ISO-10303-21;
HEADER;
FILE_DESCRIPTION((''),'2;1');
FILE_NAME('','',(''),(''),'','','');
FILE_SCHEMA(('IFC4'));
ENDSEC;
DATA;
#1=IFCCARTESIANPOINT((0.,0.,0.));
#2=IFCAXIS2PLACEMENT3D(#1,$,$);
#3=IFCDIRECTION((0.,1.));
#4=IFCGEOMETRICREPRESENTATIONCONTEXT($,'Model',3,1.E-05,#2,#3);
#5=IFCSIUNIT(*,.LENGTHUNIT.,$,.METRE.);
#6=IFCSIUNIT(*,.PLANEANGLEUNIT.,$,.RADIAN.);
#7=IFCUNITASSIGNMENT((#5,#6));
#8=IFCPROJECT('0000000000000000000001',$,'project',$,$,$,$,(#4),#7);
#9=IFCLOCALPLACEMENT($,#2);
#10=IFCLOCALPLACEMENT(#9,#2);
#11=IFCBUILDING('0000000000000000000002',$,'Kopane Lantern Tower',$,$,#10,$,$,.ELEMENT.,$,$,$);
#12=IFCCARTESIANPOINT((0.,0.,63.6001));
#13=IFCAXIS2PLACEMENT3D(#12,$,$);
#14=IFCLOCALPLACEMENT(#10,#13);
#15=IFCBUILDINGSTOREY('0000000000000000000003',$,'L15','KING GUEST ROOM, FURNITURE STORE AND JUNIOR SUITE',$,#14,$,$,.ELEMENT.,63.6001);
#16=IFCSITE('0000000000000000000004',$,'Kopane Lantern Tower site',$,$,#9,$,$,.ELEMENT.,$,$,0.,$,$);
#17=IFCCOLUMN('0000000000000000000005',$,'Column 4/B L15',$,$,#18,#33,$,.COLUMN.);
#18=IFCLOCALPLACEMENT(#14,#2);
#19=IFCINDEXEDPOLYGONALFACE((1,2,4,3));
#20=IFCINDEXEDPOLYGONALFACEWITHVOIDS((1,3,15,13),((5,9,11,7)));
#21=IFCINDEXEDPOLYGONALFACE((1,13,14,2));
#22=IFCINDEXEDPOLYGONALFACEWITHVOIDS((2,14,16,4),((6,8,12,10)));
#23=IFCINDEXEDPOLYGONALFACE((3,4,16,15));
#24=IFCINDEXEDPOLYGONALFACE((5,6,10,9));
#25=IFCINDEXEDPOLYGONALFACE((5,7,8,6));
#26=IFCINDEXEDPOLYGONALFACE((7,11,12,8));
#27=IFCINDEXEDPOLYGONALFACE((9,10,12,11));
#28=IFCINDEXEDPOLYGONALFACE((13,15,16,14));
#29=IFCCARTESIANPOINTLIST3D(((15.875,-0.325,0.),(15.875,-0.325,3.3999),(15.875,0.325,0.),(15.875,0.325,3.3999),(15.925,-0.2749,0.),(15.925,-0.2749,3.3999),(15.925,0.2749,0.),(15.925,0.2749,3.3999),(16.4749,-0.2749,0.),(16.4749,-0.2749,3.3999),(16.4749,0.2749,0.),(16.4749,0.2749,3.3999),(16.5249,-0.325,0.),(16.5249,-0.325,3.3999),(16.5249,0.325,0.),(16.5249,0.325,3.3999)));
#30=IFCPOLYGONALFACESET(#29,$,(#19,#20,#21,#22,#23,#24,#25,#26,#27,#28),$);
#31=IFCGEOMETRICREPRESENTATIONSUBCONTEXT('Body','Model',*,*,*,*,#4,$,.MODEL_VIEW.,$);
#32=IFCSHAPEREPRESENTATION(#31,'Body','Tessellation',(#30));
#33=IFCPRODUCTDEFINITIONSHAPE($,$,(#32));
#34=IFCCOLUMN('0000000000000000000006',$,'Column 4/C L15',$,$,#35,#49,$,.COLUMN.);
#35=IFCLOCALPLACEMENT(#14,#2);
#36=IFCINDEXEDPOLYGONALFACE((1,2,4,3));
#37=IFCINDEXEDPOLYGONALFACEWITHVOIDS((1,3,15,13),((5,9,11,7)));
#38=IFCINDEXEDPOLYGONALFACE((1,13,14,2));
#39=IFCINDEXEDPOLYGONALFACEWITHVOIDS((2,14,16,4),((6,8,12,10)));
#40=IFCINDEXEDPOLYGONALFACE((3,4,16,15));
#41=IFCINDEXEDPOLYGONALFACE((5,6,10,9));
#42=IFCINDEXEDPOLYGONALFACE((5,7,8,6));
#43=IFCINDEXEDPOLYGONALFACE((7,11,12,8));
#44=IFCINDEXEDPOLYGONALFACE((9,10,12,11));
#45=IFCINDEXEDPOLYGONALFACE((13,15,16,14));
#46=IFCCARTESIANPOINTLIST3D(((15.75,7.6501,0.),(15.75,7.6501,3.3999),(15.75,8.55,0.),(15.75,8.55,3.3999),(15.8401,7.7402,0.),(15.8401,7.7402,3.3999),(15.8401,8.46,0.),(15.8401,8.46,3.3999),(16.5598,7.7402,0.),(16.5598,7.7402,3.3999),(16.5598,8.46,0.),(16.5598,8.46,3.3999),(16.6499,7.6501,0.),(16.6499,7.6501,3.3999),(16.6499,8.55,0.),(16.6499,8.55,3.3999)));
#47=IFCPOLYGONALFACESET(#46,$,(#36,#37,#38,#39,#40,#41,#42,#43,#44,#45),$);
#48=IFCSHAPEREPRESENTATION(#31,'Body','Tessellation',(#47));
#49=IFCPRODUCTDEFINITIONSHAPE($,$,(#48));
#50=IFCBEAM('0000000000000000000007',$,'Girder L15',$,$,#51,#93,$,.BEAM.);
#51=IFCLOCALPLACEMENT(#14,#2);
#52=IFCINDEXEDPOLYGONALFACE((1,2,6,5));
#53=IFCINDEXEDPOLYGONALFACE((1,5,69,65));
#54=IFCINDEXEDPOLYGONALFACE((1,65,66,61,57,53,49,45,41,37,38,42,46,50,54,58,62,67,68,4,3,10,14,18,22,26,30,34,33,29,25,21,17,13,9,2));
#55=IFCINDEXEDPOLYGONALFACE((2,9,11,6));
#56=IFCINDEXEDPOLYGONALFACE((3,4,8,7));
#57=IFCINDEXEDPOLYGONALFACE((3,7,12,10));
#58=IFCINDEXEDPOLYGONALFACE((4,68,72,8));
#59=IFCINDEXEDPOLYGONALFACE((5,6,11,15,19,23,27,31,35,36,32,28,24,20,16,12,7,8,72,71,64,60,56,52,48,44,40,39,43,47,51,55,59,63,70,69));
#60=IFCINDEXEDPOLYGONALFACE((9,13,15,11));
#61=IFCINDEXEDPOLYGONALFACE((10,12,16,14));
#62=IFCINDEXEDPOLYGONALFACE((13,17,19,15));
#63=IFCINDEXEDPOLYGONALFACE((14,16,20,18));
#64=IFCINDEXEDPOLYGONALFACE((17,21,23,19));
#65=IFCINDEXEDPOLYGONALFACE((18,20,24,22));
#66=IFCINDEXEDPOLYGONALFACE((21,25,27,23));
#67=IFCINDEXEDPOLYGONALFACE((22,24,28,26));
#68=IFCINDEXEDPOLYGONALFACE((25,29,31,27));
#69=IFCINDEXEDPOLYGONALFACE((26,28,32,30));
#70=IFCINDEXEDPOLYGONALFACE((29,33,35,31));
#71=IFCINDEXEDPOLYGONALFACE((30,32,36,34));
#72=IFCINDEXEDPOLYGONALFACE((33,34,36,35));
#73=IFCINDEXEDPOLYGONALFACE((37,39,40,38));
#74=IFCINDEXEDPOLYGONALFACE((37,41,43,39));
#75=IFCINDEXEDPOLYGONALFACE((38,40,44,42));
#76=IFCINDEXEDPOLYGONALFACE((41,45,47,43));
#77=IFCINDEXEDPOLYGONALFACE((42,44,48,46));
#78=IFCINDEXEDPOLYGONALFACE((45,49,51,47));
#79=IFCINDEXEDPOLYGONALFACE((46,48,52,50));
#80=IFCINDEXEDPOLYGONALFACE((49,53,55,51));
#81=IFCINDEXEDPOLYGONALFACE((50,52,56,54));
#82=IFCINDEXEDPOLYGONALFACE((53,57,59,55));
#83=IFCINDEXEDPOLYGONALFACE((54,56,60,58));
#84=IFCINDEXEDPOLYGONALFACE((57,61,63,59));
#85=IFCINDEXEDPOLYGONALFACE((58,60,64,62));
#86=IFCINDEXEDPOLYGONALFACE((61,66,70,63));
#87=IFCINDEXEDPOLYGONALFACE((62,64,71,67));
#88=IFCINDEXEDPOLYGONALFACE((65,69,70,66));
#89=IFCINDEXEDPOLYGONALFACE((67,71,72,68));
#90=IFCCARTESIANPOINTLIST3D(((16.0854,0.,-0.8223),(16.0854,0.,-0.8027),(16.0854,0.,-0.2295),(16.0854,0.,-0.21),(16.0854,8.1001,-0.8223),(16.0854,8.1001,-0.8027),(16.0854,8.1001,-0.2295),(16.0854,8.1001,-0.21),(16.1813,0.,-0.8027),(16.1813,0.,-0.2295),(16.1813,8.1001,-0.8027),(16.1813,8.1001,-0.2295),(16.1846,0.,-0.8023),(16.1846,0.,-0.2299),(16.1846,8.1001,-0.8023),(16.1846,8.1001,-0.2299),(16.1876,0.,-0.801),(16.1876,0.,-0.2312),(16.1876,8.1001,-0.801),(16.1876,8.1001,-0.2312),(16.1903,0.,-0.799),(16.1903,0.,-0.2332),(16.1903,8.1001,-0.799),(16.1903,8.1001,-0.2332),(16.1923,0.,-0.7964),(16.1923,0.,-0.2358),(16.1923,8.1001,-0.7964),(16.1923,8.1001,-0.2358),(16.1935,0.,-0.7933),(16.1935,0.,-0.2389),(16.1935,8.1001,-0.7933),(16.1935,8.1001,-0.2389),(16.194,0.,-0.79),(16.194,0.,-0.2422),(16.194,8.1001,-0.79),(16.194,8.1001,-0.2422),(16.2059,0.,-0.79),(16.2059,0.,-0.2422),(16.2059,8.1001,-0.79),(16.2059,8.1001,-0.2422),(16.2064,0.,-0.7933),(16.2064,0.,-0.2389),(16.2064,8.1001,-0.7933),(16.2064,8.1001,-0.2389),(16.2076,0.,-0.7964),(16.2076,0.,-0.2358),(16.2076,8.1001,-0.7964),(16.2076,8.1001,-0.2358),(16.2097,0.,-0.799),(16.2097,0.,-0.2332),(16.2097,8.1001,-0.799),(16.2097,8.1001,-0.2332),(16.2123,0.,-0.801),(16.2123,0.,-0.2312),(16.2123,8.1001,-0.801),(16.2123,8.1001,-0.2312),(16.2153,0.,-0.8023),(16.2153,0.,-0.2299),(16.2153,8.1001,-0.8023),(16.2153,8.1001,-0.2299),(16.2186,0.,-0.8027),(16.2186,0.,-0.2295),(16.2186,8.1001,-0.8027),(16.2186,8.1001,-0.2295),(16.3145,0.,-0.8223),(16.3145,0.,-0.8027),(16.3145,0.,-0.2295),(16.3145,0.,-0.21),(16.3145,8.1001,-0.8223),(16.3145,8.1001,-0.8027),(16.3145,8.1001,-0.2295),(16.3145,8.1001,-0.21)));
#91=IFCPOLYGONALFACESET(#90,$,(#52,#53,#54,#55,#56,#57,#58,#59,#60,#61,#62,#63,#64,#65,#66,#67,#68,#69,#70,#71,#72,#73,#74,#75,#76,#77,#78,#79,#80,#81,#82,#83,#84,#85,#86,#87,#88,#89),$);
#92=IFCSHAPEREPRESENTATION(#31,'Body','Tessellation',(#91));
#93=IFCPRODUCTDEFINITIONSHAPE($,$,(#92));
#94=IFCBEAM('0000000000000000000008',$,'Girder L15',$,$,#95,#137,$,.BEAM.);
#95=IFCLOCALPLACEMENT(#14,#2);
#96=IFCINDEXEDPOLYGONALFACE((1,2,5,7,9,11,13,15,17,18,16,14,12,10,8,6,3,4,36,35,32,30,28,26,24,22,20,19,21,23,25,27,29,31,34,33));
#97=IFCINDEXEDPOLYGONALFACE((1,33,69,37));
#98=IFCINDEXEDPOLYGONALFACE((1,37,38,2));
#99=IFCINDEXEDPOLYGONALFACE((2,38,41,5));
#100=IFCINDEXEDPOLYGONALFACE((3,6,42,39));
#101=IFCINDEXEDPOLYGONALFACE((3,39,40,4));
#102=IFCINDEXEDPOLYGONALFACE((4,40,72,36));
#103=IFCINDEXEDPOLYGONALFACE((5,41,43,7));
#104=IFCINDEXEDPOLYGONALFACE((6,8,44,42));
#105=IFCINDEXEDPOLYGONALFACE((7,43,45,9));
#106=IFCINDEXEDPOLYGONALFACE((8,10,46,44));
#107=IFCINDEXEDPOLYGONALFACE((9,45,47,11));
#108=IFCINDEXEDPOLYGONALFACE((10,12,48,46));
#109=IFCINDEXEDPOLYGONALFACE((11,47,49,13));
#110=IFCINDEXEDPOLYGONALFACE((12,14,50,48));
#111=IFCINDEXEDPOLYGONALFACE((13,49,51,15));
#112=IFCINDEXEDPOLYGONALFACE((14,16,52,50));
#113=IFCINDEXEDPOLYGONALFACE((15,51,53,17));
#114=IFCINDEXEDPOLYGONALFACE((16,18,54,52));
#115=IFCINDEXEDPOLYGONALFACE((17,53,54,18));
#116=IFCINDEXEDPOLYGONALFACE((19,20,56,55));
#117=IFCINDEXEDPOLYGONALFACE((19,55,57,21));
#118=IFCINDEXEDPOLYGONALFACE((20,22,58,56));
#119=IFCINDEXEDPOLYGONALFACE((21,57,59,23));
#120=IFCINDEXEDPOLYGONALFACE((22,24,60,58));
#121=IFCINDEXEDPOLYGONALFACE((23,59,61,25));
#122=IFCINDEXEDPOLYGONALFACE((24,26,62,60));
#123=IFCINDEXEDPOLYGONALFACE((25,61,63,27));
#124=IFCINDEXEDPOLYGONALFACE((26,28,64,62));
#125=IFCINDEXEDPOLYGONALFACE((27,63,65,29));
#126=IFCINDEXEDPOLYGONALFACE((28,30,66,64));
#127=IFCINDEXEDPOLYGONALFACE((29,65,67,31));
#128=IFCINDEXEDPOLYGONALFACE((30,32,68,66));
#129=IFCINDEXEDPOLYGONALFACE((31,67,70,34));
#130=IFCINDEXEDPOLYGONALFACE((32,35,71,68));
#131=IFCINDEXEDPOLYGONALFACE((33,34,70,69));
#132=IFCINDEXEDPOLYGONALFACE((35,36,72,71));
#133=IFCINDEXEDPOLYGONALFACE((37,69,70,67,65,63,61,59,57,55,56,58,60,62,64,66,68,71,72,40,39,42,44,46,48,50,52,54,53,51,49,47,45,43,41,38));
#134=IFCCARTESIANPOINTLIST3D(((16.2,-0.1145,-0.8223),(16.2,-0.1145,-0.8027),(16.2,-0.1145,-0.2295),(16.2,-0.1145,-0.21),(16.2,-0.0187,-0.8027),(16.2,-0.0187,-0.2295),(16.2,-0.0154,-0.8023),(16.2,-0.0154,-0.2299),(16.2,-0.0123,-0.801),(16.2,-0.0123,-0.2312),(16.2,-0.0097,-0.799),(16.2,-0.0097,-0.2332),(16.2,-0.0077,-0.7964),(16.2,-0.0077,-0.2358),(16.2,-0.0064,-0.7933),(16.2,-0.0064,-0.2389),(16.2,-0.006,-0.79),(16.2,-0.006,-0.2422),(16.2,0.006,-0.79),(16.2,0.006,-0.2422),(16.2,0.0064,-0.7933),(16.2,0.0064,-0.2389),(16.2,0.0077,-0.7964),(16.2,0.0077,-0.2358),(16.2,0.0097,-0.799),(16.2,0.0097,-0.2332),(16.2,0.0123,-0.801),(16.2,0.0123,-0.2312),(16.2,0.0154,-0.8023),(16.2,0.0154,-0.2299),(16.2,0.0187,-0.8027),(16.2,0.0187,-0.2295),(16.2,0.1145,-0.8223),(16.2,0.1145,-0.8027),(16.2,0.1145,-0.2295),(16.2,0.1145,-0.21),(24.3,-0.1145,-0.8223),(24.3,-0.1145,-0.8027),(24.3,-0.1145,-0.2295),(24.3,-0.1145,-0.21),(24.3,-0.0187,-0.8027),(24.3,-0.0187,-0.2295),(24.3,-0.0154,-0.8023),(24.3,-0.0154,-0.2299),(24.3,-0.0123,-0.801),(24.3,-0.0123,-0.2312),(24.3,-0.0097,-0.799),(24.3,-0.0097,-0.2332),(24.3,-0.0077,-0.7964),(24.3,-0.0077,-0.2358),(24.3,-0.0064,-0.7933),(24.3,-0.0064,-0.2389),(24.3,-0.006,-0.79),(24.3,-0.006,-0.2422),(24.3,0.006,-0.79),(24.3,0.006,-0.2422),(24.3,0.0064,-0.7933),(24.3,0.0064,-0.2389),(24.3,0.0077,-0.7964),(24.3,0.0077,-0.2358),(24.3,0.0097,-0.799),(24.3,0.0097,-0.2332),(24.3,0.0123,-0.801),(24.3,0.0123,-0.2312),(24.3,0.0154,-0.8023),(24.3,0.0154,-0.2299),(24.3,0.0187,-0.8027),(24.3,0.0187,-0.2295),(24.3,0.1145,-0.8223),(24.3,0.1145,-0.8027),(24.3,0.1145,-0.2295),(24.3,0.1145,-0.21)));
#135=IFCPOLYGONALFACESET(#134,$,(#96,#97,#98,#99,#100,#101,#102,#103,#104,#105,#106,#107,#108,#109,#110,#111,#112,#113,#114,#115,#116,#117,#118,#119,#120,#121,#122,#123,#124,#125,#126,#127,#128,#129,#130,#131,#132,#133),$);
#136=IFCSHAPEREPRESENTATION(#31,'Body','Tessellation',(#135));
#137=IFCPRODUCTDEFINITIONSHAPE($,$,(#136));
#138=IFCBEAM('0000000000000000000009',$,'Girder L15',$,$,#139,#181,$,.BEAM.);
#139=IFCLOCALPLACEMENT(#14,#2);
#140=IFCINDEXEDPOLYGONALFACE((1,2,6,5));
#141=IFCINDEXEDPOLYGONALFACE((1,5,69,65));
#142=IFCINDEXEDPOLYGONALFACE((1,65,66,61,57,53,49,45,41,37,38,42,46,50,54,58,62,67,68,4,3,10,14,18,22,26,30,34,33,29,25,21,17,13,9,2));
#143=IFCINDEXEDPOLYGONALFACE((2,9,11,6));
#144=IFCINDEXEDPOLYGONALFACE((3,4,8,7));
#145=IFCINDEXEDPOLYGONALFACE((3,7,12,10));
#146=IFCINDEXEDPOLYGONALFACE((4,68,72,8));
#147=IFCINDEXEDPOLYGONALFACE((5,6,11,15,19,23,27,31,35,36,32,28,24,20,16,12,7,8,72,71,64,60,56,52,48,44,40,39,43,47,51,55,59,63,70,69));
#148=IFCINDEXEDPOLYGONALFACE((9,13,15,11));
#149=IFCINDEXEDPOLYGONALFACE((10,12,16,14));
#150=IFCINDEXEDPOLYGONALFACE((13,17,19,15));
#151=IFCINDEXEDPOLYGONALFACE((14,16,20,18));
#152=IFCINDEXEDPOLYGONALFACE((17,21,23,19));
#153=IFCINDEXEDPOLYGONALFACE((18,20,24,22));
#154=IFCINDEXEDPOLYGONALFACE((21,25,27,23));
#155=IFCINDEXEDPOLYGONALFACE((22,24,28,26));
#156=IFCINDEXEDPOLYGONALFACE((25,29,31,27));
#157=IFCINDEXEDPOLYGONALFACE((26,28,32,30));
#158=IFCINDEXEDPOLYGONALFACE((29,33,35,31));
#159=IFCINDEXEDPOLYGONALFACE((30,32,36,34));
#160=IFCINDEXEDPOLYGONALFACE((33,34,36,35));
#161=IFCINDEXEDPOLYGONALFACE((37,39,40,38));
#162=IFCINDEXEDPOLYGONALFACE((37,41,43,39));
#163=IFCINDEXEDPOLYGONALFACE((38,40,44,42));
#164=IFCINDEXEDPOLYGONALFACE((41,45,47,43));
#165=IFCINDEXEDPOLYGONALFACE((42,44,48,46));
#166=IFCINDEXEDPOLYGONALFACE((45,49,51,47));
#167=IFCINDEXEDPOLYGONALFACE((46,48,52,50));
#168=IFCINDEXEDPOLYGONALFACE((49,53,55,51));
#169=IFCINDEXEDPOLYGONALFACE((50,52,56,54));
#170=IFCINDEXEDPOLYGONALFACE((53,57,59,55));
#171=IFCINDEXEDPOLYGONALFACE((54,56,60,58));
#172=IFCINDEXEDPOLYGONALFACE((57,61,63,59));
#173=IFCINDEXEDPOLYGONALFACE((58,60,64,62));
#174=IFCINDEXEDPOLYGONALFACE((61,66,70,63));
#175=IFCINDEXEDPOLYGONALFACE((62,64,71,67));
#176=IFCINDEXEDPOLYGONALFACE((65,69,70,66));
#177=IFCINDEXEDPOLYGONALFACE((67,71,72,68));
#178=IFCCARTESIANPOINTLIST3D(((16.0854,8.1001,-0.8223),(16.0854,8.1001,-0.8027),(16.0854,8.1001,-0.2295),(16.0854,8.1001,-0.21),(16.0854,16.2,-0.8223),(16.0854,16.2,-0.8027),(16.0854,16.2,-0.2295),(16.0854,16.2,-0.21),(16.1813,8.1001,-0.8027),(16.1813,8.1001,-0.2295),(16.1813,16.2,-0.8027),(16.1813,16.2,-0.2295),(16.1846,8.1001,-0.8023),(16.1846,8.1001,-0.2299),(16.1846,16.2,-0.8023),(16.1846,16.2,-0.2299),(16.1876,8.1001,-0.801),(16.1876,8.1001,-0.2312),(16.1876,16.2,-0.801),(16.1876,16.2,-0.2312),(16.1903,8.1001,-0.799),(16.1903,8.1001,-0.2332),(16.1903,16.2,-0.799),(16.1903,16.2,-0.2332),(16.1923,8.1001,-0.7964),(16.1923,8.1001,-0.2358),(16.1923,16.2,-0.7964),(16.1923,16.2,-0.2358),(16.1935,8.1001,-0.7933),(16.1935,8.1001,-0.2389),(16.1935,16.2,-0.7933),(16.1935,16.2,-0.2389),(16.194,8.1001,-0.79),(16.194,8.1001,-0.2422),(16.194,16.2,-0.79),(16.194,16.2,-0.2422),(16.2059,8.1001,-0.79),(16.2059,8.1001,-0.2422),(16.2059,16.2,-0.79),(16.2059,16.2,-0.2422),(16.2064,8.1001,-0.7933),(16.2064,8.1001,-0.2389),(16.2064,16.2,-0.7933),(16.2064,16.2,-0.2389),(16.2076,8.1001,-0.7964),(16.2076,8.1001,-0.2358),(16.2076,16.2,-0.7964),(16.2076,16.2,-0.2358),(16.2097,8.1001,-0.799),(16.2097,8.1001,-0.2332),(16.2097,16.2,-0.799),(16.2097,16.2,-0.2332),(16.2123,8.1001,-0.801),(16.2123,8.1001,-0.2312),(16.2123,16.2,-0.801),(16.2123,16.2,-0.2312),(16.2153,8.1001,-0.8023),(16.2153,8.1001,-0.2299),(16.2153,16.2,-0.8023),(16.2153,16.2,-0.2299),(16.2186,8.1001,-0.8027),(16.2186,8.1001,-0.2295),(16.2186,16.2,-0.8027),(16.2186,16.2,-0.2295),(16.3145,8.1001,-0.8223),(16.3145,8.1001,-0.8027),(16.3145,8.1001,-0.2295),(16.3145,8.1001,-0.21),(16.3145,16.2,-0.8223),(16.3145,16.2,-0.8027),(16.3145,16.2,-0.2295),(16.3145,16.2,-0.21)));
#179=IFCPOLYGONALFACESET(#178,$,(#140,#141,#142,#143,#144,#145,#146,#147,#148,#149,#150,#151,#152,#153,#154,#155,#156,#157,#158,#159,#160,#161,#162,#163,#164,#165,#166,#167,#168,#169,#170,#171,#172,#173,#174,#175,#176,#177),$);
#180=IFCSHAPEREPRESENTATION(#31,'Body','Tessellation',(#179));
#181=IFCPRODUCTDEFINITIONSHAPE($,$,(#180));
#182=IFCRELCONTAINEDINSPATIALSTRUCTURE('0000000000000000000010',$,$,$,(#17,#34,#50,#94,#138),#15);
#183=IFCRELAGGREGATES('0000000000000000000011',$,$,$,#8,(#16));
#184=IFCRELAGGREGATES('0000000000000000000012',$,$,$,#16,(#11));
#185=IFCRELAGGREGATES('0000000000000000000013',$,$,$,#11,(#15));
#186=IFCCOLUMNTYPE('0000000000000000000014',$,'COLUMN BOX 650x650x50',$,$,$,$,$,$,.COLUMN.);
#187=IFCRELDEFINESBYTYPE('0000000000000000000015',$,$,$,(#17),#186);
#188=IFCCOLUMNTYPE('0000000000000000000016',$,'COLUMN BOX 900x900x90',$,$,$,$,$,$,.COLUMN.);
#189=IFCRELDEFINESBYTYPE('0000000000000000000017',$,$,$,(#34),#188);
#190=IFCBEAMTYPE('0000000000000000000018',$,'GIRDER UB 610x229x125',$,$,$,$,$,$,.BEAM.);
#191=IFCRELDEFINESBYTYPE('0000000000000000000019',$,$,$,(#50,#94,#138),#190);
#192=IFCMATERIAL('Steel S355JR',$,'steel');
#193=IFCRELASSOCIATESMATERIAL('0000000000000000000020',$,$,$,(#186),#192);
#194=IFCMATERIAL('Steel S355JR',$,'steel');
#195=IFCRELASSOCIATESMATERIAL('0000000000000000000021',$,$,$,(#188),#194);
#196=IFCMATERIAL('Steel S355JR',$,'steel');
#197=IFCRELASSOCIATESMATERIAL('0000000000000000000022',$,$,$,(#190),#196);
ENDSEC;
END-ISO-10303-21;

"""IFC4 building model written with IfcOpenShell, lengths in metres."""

from ifc_helpers import new_model, si_unit, direction, frame, origin, origin_2d, place, context, subcontext, project, spatial, hollow_rectangle, i_section, extrude, material, material_profile, profile_set, type_object, element, save


model = new_model("IFC4")

# Units and contexts
model_context = context("Model", 3, precision=1e-05, world=origin(), true_north=direction((0.0, 1.0)))
body_context = subcontext(model_context, "Body", "Model", "MODEL_VIEW")
ifc_project = project(units=[si_unit("LENGTHUNIT", "METRE"), si_unit("PLANEANGLEUNIT", "RADIAN")], contexts=[model_context])

# Site, building, storey
site_placement = place(None, origin())
site = spatial("IfcSite", under=ifc_project, at=site_placement, Name="Kopane Lantern Tower site", CompositionType="ELEMENT", RefElevation=0.0)
building_placement = place(site_placement, origin())
building = spatial("IfcBuilding", under=site, at=building_placement, Name="Kopane Lantern Tower", CompositionType="ELEMENT")
storey_placement = place(building_placement, frame((0.0, 0.0, 63.6001)))
storey = spatial("IfcBuildingStorey", under=building, at=storey_placement, Name="L15", Description="KING GUEST ROOM, FURNITURE STORE AND JUNIOR SUITE", CompositionType="ELEMENT", Elevation=63.6001)

# Columns
ifc_material_1 = material(Name="Steel S355JR", Category="steel")
ifc_material_profile_1 = material_profile(ifc_material_1, hollow_rectangle(XDim=0.6499, YDim=0.6499, WallThickness=0.05, at=origin_2d()), Name="BOX 650x650x50")
ifc_profile_set_1 = profile_set([ifc_material_profile_1], Name="Steel S355JR")
column_type_1 = type_object("IfcColumnType", Name="COLUMN BOX 650x650x50", PredefinedType="COLUMN", material=ifc_profile_set_1)
column_1_placement = place(storey_placement, frame((16.2, 0.0, 0.0), z_axis=(0.0, 0.0, 1.0), x_axis=(1.0, 0.0, 0.0)))
element("IfcColumn", 1, at=column_1_placement, inside=storey, type_object=column_type_1, Name="Column 4/B L15", PredefinedType="COLUMN", context=body_context, shape_type="SweptSolid", body=[
    extrude(hollow_rectangle(XDim=0.6499, YDim=0.6499, WallThickness=0.05, at=origin_2d()), origin(), (0.0, 0.0, 1.0), 3.3999),
])
ifc_material_2 = material(Name="Steel S355JR", Category="steel")
ifc_material_profile_2 = material_profile(ifc_material_2, hollow_rectangle(XDim=0.8999, YDim=0.8999, WallThickness=0.0901, at=origin_2d()), Name="BOX 900x900x90")
ifc_profile_set_2 = profile_set([ifc_material_profile_2], Name="Steel S355JR")
column_type_2 = type_object("IfcColumnType", Name="COLUMN BOX 900x900x90", PredefinedType="COLUMN", material=ifc_profile_set_2)
column_2_placement = place(storey_placement, frame((16.2, 8.1001, 0.0), z_axis=(0.0, 0.0, 1.0), x_axis=(1.0, 0.0, 0.0)))
element("IfcColumn", 2, at=column_2_placement, inside=storey, type_object=column_type_2, Name="Column 4/C L15", PredefinedType="COLUMN", context=body_context, shape_type="SweptSolid", body=[
    extrude(hollow_rectangle(XDim=0.8999, YDim=0.8999, WallThickness=0.0901, at=origin_2d()), origin(), (0.0, 0.0, 1.0), 3.3999),
])

# Beams
ifc_material_3 = material(Name="Steel S355JR", Category="steel")
ifc_material_profile_3 = material_profile(ifc_material_3, i_section(OverallWidth=0.229, OverallDepth=0.6123, WebThickness=0.012, FlangeThickness=0.0195, FilletRadius=0.0127, at=origin_2d()), Name="UB 610x229x125")
ifc_profile_set_3 = profile_set([ifc_material_profile_3], Name="Steel S355JR")
beam_type = type_object("IfcBeamType", Name="GIRDER UB 610x229x125", PredefinedType="BEAM", material=ifc_profile_set_3)
for number, where, z_axis, x_axis, name in (
    (3, (16.2, 0.0, -0.5161), (0.0, 1.0, 0.0), (-1.0, 0.0, 0.0), "Girder L15"),
    (4, (16.2, 0.0, -0.5161), (1.0, 0.0, 0.0), (0.0, 1.0, 0.0), "Girder L15"),
):
    element("IfcBeam", number, at=place(storey_placement, frame(where, z_axis=z_axis, x_axis=x_axis)), inside=storey, type_object=beam_type, Name=name, PredefinedType="BEAM", context=body_context, shape_type="SweptSolid", body=[
        extrude(i_section(OverallWidth=0.229, OverallDepth=0.6123, WebThickness=0.012, FlangeThickness=0.0195, FilletRadius=0.0127, at=origin_2d()), origin(), (0.0, 0.0, 1.0), 8.1001),
    ])
beam_1_placement = place(storey_placement, frame((16.2, 8.1001, -0.5161), z_axis=(0.0, 1.0, 0.0), x_axis=(-1.0, 0.0, 0.0)))
element("IfcBeam", 5, at=beam_1_placement, inside=storey, type_object=beam_type, Name="Girder L15", PredefinedType="BEAM", context=body_context, shape_type="SweptSolid", body=[
    extrude(i_section(OverallWidth=0.229, OverallDepth=0.6123, WebThickness=0.012, FlangeThickness=0.0195, FilletRadius=0.0127, at=origin_2d()), origin(), (0.0, 0.0, 1.0), 8.0999),
])

save(model, "model.ifc")
